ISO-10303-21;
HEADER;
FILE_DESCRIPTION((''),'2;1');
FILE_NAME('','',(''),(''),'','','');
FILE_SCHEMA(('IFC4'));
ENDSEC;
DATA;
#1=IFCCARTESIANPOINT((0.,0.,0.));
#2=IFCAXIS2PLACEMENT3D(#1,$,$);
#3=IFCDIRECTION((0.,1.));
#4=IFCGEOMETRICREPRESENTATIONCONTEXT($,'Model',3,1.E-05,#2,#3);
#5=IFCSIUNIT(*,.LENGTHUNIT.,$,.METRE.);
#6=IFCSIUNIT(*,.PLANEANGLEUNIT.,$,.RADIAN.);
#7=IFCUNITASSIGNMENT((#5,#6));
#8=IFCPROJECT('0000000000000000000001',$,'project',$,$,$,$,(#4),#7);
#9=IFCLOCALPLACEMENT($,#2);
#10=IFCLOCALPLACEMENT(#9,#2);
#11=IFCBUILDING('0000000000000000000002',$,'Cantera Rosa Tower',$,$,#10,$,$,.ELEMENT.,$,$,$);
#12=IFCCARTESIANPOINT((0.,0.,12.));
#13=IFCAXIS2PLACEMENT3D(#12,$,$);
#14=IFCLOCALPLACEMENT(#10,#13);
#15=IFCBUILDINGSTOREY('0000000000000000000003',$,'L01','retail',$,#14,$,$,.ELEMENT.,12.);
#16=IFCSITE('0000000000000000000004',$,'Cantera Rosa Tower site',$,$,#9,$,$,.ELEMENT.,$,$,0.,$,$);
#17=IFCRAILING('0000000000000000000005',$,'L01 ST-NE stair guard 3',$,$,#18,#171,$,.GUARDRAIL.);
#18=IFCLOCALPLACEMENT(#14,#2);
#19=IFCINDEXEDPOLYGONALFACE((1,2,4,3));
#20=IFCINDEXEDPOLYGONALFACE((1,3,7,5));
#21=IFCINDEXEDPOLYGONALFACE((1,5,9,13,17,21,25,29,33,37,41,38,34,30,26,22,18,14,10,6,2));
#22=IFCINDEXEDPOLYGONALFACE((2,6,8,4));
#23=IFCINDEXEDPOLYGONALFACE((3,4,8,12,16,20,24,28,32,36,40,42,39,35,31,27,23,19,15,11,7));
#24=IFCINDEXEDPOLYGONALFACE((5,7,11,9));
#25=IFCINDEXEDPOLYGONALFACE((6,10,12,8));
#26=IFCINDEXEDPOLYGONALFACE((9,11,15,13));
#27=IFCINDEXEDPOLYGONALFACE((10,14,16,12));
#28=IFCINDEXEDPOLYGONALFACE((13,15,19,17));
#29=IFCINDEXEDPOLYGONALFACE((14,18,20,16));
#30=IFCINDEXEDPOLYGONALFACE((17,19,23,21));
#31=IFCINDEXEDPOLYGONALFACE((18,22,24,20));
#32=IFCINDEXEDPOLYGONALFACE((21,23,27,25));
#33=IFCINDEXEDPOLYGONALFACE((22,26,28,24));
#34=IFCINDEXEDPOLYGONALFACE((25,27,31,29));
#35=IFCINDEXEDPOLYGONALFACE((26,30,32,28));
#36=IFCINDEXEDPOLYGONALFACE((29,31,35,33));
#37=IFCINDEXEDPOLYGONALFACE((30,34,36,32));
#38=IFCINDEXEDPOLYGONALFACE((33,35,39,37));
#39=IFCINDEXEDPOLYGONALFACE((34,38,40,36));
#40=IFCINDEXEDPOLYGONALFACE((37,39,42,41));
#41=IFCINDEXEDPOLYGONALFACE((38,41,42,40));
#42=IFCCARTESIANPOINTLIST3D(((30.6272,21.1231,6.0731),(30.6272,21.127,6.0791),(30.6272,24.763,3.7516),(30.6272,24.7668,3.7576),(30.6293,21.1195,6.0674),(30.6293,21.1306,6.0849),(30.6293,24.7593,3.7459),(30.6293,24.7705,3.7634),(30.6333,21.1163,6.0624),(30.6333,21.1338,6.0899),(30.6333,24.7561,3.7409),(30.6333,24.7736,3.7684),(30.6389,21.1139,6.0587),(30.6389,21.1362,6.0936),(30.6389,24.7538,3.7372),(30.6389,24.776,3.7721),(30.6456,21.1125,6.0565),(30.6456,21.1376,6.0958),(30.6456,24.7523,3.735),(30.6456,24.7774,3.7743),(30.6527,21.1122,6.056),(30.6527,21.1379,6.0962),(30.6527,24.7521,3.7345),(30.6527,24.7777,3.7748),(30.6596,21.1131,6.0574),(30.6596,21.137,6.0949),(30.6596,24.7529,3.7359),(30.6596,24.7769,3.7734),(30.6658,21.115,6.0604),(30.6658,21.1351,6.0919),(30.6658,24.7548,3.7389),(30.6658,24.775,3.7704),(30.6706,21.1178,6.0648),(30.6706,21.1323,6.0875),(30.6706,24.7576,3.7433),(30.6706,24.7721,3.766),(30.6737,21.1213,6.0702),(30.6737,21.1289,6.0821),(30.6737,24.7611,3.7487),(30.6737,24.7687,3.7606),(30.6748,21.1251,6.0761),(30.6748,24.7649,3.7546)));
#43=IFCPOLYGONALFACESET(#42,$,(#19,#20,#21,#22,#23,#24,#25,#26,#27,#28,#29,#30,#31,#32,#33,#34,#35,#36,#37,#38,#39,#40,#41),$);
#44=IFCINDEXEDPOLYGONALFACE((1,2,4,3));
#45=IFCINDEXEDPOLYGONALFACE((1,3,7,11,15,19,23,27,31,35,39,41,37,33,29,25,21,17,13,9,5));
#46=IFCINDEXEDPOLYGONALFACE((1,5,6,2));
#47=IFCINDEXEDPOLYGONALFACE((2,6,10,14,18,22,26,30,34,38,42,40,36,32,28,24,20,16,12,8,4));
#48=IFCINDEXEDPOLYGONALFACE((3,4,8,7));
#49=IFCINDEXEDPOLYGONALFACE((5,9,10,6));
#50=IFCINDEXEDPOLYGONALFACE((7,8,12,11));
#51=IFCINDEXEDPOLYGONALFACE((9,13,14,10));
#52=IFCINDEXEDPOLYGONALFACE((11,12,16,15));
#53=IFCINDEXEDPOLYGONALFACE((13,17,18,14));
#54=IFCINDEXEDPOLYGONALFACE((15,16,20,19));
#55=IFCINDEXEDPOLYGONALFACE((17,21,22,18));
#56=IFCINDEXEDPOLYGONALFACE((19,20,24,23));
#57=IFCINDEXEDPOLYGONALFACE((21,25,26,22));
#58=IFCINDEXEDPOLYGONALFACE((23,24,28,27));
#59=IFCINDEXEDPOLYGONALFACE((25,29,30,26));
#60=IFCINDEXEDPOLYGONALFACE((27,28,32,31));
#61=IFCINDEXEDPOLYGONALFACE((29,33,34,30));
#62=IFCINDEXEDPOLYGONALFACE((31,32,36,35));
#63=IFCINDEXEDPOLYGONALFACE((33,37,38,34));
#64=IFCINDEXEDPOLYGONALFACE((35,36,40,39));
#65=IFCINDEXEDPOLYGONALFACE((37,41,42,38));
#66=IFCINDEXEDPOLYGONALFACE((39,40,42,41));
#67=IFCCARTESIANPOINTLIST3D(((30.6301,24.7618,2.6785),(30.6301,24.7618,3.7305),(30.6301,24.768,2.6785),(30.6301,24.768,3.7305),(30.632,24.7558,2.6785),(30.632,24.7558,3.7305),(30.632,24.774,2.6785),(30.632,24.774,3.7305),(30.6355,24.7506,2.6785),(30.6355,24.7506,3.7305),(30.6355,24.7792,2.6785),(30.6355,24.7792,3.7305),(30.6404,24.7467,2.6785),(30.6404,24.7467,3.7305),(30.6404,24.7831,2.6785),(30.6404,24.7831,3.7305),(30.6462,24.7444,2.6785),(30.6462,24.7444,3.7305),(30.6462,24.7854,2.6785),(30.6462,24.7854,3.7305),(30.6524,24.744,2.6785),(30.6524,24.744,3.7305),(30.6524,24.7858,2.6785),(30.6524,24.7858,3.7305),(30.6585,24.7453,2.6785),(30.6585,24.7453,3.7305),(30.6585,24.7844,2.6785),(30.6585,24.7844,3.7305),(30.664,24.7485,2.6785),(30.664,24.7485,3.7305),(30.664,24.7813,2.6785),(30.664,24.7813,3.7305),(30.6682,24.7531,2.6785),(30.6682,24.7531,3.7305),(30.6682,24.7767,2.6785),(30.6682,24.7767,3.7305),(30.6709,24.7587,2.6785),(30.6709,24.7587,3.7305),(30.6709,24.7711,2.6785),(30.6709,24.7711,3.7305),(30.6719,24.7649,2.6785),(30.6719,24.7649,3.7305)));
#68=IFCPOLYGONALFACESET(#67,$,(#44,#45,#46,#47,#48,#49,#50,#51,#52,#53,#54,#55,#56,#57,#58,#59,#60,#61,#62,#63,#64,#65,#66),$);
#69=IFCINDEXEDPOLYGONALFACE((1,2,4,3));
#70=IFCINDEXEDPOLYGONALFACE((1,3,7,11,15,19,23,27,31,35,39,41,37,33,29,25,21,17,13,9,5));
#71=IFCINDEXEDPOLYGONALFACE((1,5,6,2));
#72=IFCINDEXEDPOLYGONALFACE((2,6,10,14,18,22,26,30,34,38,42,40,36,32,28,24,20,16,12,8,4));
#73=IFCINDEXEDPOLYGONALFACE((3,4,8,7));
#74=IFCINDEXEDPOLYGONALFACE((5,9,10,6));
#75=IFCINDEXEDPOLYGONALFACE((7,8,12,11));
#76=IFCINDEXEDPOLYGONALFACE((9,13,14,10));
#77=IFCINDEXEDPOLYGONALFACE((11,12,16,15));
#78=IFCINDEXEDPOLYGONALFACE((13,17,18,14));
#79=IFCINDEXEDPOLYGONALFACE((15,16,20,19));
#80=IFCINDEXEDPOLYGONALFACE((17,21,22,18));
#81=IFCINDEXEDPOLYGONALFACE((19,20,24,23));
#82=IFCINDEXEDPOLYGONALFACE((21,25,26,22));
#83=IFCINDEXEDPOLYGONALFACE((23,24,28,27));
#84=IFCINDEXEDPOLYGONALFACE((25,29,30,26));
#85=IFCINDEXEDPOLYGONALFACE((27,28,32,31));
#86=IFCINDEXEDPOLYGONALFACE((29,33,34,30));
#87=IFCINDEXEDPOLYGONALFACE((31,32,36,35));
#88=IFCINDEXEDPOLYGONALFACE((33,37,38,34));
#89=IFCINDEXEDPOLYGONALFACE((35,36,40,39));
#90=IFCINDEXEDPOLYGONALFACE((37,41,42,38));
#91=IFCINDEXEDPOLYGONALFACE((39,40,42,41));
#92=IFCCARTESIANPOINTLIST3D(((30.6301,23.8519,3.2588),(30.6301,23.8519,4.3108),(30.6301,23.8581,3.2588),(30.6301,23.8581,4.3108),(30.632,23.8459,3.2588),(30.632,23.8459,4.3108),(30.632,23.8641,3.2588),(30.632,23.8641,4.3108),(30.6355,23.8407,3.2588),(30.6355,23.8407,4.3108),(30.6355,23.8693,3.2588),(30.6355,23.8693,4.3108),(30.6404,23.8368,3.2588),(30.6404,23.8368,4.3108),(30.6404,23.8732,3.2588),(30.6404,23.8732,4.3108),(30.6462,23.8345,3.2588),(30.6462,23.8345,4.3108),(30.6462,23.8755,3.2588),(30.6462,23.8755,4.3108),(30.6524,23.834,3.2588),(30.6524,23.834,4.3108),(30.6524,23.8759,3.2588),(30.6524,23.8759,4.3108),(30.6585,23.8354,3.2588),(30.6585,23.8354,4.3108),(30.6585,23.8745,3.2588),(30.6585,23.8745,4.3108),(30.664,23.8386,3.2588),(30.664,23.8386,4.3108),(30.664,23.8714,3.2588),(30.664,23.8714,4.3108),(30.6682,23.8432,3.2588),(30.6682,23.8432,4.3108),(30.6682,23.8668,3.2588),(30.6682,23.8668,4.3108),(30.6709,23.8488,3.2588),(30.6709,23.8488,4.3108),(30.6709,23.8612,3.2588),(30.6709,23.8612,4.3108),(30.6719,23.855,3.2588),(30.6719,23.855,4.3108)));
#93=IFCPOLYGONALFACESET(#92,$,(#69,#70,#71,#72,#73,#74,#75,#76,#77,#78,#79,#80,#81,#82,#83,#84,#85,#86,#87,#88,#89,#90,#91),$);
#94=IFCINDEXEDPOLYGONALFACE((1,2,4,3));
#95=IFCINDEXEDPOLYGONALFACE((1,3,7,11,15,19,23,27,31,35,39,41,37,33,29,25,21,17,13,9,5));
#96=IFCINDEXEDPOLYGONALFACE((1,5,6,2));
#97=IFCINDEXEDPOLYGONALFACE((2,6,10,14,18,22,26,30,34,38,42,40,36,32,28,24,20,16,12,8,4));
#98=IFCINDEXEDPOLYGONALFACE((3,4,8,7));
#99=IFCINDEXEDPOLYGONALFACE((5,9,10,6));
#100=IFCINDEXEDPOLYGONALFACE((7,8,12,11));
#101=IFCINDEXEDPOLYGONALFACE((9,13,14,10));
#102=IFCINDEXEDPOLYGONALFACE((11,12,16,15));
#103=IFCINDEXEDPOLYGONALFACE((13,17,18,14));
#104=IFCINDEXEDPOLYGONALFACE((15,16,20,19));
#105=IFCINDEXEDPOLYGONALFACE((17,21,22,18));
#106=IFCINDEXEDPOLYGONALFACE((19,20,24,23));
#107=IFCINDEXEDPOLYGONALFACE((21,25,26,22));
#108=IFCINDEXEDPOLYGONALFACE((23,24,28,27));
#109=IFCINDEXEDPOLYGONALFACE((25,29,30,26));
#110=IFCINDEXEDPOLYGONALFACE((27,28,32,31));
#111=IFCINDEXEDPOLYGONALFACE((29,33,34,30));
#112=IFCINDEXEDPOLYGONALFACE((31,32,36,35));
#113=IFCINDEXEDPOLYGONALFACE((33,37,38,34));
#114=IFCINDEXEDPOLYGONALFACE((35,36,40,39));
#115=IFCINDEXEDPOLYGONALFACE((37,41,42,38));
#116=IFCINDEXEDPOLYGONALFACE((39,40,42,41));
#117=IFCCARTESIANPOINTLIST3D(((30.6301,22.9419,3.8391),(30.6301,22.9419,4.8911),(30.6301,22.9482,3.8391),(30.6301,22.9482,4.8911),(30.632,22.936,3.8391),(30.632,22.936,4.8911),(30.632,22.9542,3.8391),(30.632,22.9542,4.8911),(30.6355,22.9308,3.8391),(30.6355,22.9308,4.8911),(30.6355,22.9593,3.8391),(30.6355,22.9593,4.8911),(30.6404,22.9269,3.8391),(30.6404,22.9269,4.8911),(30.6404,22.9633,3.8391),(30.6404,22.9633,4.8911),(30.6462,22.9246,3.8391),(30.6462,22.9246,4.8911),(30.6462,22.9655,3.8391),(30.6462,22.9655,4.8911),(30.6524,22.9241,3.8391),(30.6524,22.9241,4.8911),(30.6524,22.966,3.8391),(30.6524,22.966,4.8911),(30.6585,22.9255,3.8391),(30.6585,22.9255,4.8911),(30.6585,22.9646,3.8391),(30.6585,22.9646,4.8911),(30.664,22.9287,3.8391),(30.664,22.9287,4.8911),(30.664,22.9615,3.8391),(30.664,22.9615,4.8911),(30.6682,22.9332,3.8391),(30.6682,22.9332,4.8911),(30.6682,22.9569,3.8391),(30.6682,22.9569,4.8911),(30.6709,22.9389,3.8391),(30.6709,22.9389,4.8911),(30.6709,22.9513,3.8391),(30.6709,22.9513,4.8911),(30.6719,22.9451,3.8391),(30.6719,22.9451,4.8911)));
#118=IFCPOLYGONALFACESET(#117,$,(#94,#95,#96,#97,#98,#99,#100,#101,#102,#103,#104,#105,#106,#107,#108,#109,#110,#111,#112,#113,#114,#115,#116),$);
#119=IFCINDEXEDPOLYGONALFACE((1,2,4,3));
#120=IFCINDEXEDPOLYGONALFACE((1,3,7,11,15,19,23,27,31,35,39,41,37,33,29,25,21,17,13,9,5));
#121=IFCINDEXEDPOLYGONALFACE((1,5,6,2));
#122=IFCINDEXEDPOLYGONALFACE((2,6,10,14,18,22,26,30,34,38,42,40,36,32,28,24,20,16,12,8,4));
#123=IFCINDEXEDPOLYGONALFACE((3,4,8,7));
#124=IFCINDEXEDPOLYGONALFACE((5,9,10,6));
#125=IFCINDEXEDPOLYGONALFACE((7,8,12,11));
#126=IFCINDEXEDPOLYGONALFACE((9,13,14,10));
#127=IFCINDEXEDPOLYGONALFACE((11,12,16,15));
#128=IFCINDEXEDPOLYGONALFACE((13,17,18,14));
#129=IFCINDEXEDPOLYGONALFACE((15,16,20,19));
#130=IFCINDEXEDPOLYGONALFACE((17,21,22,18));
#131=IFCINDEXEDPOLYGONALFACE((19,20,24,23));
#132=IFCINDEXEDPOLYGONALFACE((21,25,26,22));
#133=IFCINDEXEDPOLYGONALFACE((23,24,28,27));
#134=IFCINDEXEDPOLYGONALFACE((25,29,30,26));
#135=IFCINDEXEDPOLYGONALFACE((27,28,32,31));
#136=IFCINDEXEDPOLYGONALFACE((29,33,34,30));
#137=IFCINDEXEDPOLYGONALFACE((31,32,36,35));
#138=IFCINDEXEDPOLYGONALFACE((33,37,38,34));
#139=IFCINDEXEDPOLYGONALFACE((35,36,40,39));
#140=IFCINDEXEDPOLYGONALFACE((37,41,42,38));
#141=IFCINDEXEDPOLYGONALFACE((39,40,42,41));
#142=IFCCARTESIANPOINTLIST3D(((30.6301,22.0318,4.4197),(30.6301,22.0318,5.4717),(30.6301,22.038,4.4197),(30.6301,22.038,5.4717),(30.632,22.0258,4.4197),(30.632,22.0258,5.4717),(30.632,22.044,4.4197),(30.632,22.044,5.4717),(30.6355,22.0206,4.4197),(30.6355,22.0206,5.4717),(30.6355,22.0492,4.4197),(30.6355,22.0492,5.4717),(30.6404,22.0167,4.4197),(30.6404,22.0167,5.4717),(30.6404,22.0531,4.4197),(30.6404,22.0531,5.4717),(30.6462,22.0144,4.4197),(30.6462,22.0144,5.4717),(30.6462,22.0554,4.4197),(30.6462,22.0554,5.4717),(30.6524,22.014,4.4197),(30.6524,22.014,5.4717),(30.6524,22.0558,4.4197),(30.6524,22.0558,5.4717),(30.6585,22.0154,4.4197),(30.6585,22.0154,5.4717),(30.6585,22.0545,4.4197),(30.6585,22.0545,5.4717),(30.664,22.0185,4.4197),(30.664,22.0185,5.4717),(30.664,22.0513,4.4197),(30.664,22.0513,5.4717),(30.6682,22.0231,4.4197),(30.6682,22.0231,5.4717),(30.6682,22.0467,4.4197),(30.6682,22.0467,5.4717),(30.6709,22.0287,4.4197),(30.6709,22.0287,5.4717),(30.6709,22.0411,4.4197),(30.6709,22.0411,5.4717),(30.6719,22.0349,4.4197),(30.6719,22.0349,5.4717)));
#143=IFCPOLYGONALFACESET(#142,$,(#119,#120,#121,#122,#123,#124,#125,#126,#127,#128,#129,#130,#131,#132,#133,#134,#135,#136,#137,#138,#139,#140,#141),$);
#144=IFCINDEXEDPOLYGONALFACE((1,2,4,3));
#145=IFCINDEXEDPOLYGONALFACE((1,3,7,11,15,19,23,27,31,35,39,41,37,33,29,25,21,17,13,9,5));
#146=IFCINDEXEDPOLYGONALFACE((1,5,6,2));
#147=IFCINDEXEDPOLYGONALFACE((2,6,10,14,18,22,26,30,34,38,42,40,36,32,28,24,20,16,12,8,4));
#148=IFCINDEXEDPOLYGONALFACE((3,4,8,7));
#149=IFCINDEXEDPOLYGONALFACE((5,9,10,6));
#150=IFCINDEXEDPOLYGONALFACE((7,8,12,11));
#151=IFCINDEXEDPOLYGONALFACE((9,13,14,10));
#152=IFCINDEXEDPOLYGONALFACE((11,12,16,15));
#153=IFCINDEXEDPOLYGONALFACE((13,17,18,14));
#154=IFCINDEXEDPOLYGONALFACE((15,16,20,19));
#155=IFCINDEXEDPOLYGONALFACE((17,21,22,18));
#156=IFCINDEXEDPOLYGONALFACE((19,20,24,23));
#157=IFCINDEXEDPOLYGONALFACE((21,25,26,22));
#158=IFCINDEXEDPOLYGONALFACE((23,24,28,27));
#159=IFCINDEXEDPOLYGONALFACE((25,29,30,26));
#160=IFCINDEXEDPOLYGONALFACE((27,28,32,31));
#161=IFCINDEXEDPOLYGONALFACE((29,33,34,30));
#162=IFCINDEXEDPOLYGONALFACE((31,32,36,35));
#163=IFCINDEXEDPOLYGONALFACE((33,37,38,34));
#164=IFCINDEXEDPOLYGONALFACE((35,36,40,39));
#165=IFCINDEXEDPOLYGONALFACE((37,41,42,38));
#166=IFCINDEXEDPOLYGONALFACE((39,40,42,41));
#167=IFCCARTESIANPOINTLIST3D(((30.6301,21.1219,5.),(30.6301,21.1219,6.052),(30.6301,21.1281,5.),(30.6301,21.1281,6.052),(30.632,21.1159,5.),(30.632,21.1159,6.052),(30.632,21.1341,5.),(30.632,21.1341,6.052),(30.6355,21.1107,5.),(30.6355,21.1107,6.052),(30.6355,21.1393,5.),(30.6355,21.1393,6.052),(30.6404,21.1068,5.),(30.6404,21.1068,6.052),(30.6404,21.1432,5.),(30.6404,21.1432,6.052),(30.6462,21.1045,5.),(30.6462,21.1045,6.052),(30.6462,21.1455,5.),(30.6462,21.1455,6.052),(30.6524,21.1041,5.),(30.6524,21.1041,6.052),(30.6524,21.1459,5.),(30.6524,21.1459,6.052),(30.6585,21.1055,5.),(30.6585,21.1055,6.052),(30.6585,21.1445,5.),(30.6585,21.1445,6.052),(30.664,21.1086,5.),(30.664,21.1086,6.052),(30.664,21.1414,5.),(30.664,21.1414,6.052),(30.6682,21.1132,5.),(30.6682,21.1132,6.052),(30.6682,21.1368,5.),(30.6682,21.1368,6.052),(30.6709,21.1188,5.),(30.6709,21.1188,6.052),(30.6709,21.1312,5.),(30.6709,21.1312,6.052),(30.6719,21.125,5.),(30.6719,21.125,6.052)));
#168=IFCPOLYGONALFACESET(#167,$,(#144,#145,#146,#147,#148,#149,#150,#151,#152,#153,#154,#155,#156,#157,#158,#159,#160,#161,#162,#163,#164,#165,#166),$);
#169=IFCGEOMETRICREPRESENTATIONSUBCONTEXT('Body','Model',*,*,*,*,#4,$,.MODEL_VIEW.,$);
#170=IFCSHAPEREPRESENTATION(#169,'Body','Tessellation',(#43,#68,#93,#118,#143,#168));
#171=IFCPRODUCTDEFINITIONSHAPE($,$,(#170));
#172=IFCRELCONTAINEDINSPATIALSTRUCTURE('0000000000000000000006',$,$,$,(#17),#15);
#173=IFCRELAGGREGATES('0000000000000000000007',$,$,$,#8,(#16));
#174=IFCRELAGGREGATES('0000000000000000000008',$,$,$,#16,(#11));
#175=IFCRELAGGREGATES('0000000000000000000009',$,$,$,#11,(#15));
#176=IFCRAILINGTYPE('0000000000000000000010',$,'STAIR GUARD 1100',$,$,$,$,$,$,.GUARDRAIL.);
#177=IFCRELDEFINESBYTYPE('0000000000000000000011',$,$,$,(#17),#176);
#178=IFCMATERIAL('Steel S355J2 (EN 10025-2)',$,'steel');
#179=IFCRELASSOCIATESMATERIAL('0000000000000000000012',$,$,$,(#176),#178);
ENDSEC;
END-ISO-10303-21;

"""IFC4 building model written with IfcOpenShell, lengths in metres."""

from ifc_helpers import new_model, si_unit, direction, frame, origin, origin_2d, place, context, subcontext, project, spatial, circle, extrude, material, type_object, element, save


model = new_model("IFC4")

# Units and contexts
model_context = context("Model", 3, precision=1e-05, world=origin(), true_north=direction((0.0, 1.0)))
body_context = subcontext(model_context, "Body", "Model", "MODEL_VIEW")
ifc_project = project(units=[si_unit("LENGTHUNIT", "METRE"), si_unit("PLANEANGLEUNIT", "RADIAN")], contexts=[model_context])

# Site, building, storey
site_placement = place(None, origin())
site = spatial("IfcSite", under=ifc_project, at=site_placement, Name="Cantera Rosa Tower site", CompositionType="ELEMENT", RefElevation=0.0)
building_placement = place(site_placement, origin())
building = spatial("IfcBuilding", under=site, at=building_placement, Name="Cantera Rosa Tower", CompositionType="ELEMENT")
storey_placement = place(building_placement, frame((0.0, 0.0, 12.0)))
storey = spatial("IfcBuildingStorey", under=building, at=storey_placement, Name="L01", Description="retail", CompositionType="ELEMENT", Elevation=12.0)

# Railing
ifc_material_1 = material(Name="Steel S355J2 (EN 10025-2)", Category="steel")
railing_type_1 = type_object("IfcRailingType", Name="STAIR GUARD 1100", PredefinedType="GUARDRAIL", material=ifc_material_1)
railing_1_placement = place(storey_placement, frame((30.6509, 24.7649, 2.6785)))
element("IfcRailing", 1, at=railing_1_placement, inside=storey, type_object=railing_type_1, Name="L01 ST-NE stair guard 3", PredefinedType="GUARDRAIL", context=body_context, shape_type="SweptSolid", body=[
    extrude(circle(Radius=0.0239, at=origin_2d()), frame((0.0, 0.0, 1.0762), z_axis=(0.0, -0.843112, 0.537739), x_axis=(1.0, 0.0, 0.0)), (0.0, 0.0, 1.0), 4.3171),
    extrude(circle(Radius=0.021, at=origin_2d()), origin(), (0.0, 0.0, 1.0), 1.052),
    extrude(circle(Radius=0.021, at=origin_2d()), frame((0.0, -0.9099, 0.5803)), (0.0, 0.0, 1.0), 1.052),
    extrude(circle(Radius=0.021, at=origin_2d()), frame((0.0, -1.8198, 1.1606)), (0.0, 0.0, 1.0), 1.052),
    extrude(circle(Radius=0.021, at=origin_2d()), frame((0.0, -2.73, 1.7412)), (0.0, 0.0, 1.0), 1.052),
    extrude(circle(Radius=0.021, at=origin_2d()), frame((0.0, -3.6399, 2.3215)), (0.0, 0.0, 1.0), 1.052),
])

save(model, "model.ifc")
